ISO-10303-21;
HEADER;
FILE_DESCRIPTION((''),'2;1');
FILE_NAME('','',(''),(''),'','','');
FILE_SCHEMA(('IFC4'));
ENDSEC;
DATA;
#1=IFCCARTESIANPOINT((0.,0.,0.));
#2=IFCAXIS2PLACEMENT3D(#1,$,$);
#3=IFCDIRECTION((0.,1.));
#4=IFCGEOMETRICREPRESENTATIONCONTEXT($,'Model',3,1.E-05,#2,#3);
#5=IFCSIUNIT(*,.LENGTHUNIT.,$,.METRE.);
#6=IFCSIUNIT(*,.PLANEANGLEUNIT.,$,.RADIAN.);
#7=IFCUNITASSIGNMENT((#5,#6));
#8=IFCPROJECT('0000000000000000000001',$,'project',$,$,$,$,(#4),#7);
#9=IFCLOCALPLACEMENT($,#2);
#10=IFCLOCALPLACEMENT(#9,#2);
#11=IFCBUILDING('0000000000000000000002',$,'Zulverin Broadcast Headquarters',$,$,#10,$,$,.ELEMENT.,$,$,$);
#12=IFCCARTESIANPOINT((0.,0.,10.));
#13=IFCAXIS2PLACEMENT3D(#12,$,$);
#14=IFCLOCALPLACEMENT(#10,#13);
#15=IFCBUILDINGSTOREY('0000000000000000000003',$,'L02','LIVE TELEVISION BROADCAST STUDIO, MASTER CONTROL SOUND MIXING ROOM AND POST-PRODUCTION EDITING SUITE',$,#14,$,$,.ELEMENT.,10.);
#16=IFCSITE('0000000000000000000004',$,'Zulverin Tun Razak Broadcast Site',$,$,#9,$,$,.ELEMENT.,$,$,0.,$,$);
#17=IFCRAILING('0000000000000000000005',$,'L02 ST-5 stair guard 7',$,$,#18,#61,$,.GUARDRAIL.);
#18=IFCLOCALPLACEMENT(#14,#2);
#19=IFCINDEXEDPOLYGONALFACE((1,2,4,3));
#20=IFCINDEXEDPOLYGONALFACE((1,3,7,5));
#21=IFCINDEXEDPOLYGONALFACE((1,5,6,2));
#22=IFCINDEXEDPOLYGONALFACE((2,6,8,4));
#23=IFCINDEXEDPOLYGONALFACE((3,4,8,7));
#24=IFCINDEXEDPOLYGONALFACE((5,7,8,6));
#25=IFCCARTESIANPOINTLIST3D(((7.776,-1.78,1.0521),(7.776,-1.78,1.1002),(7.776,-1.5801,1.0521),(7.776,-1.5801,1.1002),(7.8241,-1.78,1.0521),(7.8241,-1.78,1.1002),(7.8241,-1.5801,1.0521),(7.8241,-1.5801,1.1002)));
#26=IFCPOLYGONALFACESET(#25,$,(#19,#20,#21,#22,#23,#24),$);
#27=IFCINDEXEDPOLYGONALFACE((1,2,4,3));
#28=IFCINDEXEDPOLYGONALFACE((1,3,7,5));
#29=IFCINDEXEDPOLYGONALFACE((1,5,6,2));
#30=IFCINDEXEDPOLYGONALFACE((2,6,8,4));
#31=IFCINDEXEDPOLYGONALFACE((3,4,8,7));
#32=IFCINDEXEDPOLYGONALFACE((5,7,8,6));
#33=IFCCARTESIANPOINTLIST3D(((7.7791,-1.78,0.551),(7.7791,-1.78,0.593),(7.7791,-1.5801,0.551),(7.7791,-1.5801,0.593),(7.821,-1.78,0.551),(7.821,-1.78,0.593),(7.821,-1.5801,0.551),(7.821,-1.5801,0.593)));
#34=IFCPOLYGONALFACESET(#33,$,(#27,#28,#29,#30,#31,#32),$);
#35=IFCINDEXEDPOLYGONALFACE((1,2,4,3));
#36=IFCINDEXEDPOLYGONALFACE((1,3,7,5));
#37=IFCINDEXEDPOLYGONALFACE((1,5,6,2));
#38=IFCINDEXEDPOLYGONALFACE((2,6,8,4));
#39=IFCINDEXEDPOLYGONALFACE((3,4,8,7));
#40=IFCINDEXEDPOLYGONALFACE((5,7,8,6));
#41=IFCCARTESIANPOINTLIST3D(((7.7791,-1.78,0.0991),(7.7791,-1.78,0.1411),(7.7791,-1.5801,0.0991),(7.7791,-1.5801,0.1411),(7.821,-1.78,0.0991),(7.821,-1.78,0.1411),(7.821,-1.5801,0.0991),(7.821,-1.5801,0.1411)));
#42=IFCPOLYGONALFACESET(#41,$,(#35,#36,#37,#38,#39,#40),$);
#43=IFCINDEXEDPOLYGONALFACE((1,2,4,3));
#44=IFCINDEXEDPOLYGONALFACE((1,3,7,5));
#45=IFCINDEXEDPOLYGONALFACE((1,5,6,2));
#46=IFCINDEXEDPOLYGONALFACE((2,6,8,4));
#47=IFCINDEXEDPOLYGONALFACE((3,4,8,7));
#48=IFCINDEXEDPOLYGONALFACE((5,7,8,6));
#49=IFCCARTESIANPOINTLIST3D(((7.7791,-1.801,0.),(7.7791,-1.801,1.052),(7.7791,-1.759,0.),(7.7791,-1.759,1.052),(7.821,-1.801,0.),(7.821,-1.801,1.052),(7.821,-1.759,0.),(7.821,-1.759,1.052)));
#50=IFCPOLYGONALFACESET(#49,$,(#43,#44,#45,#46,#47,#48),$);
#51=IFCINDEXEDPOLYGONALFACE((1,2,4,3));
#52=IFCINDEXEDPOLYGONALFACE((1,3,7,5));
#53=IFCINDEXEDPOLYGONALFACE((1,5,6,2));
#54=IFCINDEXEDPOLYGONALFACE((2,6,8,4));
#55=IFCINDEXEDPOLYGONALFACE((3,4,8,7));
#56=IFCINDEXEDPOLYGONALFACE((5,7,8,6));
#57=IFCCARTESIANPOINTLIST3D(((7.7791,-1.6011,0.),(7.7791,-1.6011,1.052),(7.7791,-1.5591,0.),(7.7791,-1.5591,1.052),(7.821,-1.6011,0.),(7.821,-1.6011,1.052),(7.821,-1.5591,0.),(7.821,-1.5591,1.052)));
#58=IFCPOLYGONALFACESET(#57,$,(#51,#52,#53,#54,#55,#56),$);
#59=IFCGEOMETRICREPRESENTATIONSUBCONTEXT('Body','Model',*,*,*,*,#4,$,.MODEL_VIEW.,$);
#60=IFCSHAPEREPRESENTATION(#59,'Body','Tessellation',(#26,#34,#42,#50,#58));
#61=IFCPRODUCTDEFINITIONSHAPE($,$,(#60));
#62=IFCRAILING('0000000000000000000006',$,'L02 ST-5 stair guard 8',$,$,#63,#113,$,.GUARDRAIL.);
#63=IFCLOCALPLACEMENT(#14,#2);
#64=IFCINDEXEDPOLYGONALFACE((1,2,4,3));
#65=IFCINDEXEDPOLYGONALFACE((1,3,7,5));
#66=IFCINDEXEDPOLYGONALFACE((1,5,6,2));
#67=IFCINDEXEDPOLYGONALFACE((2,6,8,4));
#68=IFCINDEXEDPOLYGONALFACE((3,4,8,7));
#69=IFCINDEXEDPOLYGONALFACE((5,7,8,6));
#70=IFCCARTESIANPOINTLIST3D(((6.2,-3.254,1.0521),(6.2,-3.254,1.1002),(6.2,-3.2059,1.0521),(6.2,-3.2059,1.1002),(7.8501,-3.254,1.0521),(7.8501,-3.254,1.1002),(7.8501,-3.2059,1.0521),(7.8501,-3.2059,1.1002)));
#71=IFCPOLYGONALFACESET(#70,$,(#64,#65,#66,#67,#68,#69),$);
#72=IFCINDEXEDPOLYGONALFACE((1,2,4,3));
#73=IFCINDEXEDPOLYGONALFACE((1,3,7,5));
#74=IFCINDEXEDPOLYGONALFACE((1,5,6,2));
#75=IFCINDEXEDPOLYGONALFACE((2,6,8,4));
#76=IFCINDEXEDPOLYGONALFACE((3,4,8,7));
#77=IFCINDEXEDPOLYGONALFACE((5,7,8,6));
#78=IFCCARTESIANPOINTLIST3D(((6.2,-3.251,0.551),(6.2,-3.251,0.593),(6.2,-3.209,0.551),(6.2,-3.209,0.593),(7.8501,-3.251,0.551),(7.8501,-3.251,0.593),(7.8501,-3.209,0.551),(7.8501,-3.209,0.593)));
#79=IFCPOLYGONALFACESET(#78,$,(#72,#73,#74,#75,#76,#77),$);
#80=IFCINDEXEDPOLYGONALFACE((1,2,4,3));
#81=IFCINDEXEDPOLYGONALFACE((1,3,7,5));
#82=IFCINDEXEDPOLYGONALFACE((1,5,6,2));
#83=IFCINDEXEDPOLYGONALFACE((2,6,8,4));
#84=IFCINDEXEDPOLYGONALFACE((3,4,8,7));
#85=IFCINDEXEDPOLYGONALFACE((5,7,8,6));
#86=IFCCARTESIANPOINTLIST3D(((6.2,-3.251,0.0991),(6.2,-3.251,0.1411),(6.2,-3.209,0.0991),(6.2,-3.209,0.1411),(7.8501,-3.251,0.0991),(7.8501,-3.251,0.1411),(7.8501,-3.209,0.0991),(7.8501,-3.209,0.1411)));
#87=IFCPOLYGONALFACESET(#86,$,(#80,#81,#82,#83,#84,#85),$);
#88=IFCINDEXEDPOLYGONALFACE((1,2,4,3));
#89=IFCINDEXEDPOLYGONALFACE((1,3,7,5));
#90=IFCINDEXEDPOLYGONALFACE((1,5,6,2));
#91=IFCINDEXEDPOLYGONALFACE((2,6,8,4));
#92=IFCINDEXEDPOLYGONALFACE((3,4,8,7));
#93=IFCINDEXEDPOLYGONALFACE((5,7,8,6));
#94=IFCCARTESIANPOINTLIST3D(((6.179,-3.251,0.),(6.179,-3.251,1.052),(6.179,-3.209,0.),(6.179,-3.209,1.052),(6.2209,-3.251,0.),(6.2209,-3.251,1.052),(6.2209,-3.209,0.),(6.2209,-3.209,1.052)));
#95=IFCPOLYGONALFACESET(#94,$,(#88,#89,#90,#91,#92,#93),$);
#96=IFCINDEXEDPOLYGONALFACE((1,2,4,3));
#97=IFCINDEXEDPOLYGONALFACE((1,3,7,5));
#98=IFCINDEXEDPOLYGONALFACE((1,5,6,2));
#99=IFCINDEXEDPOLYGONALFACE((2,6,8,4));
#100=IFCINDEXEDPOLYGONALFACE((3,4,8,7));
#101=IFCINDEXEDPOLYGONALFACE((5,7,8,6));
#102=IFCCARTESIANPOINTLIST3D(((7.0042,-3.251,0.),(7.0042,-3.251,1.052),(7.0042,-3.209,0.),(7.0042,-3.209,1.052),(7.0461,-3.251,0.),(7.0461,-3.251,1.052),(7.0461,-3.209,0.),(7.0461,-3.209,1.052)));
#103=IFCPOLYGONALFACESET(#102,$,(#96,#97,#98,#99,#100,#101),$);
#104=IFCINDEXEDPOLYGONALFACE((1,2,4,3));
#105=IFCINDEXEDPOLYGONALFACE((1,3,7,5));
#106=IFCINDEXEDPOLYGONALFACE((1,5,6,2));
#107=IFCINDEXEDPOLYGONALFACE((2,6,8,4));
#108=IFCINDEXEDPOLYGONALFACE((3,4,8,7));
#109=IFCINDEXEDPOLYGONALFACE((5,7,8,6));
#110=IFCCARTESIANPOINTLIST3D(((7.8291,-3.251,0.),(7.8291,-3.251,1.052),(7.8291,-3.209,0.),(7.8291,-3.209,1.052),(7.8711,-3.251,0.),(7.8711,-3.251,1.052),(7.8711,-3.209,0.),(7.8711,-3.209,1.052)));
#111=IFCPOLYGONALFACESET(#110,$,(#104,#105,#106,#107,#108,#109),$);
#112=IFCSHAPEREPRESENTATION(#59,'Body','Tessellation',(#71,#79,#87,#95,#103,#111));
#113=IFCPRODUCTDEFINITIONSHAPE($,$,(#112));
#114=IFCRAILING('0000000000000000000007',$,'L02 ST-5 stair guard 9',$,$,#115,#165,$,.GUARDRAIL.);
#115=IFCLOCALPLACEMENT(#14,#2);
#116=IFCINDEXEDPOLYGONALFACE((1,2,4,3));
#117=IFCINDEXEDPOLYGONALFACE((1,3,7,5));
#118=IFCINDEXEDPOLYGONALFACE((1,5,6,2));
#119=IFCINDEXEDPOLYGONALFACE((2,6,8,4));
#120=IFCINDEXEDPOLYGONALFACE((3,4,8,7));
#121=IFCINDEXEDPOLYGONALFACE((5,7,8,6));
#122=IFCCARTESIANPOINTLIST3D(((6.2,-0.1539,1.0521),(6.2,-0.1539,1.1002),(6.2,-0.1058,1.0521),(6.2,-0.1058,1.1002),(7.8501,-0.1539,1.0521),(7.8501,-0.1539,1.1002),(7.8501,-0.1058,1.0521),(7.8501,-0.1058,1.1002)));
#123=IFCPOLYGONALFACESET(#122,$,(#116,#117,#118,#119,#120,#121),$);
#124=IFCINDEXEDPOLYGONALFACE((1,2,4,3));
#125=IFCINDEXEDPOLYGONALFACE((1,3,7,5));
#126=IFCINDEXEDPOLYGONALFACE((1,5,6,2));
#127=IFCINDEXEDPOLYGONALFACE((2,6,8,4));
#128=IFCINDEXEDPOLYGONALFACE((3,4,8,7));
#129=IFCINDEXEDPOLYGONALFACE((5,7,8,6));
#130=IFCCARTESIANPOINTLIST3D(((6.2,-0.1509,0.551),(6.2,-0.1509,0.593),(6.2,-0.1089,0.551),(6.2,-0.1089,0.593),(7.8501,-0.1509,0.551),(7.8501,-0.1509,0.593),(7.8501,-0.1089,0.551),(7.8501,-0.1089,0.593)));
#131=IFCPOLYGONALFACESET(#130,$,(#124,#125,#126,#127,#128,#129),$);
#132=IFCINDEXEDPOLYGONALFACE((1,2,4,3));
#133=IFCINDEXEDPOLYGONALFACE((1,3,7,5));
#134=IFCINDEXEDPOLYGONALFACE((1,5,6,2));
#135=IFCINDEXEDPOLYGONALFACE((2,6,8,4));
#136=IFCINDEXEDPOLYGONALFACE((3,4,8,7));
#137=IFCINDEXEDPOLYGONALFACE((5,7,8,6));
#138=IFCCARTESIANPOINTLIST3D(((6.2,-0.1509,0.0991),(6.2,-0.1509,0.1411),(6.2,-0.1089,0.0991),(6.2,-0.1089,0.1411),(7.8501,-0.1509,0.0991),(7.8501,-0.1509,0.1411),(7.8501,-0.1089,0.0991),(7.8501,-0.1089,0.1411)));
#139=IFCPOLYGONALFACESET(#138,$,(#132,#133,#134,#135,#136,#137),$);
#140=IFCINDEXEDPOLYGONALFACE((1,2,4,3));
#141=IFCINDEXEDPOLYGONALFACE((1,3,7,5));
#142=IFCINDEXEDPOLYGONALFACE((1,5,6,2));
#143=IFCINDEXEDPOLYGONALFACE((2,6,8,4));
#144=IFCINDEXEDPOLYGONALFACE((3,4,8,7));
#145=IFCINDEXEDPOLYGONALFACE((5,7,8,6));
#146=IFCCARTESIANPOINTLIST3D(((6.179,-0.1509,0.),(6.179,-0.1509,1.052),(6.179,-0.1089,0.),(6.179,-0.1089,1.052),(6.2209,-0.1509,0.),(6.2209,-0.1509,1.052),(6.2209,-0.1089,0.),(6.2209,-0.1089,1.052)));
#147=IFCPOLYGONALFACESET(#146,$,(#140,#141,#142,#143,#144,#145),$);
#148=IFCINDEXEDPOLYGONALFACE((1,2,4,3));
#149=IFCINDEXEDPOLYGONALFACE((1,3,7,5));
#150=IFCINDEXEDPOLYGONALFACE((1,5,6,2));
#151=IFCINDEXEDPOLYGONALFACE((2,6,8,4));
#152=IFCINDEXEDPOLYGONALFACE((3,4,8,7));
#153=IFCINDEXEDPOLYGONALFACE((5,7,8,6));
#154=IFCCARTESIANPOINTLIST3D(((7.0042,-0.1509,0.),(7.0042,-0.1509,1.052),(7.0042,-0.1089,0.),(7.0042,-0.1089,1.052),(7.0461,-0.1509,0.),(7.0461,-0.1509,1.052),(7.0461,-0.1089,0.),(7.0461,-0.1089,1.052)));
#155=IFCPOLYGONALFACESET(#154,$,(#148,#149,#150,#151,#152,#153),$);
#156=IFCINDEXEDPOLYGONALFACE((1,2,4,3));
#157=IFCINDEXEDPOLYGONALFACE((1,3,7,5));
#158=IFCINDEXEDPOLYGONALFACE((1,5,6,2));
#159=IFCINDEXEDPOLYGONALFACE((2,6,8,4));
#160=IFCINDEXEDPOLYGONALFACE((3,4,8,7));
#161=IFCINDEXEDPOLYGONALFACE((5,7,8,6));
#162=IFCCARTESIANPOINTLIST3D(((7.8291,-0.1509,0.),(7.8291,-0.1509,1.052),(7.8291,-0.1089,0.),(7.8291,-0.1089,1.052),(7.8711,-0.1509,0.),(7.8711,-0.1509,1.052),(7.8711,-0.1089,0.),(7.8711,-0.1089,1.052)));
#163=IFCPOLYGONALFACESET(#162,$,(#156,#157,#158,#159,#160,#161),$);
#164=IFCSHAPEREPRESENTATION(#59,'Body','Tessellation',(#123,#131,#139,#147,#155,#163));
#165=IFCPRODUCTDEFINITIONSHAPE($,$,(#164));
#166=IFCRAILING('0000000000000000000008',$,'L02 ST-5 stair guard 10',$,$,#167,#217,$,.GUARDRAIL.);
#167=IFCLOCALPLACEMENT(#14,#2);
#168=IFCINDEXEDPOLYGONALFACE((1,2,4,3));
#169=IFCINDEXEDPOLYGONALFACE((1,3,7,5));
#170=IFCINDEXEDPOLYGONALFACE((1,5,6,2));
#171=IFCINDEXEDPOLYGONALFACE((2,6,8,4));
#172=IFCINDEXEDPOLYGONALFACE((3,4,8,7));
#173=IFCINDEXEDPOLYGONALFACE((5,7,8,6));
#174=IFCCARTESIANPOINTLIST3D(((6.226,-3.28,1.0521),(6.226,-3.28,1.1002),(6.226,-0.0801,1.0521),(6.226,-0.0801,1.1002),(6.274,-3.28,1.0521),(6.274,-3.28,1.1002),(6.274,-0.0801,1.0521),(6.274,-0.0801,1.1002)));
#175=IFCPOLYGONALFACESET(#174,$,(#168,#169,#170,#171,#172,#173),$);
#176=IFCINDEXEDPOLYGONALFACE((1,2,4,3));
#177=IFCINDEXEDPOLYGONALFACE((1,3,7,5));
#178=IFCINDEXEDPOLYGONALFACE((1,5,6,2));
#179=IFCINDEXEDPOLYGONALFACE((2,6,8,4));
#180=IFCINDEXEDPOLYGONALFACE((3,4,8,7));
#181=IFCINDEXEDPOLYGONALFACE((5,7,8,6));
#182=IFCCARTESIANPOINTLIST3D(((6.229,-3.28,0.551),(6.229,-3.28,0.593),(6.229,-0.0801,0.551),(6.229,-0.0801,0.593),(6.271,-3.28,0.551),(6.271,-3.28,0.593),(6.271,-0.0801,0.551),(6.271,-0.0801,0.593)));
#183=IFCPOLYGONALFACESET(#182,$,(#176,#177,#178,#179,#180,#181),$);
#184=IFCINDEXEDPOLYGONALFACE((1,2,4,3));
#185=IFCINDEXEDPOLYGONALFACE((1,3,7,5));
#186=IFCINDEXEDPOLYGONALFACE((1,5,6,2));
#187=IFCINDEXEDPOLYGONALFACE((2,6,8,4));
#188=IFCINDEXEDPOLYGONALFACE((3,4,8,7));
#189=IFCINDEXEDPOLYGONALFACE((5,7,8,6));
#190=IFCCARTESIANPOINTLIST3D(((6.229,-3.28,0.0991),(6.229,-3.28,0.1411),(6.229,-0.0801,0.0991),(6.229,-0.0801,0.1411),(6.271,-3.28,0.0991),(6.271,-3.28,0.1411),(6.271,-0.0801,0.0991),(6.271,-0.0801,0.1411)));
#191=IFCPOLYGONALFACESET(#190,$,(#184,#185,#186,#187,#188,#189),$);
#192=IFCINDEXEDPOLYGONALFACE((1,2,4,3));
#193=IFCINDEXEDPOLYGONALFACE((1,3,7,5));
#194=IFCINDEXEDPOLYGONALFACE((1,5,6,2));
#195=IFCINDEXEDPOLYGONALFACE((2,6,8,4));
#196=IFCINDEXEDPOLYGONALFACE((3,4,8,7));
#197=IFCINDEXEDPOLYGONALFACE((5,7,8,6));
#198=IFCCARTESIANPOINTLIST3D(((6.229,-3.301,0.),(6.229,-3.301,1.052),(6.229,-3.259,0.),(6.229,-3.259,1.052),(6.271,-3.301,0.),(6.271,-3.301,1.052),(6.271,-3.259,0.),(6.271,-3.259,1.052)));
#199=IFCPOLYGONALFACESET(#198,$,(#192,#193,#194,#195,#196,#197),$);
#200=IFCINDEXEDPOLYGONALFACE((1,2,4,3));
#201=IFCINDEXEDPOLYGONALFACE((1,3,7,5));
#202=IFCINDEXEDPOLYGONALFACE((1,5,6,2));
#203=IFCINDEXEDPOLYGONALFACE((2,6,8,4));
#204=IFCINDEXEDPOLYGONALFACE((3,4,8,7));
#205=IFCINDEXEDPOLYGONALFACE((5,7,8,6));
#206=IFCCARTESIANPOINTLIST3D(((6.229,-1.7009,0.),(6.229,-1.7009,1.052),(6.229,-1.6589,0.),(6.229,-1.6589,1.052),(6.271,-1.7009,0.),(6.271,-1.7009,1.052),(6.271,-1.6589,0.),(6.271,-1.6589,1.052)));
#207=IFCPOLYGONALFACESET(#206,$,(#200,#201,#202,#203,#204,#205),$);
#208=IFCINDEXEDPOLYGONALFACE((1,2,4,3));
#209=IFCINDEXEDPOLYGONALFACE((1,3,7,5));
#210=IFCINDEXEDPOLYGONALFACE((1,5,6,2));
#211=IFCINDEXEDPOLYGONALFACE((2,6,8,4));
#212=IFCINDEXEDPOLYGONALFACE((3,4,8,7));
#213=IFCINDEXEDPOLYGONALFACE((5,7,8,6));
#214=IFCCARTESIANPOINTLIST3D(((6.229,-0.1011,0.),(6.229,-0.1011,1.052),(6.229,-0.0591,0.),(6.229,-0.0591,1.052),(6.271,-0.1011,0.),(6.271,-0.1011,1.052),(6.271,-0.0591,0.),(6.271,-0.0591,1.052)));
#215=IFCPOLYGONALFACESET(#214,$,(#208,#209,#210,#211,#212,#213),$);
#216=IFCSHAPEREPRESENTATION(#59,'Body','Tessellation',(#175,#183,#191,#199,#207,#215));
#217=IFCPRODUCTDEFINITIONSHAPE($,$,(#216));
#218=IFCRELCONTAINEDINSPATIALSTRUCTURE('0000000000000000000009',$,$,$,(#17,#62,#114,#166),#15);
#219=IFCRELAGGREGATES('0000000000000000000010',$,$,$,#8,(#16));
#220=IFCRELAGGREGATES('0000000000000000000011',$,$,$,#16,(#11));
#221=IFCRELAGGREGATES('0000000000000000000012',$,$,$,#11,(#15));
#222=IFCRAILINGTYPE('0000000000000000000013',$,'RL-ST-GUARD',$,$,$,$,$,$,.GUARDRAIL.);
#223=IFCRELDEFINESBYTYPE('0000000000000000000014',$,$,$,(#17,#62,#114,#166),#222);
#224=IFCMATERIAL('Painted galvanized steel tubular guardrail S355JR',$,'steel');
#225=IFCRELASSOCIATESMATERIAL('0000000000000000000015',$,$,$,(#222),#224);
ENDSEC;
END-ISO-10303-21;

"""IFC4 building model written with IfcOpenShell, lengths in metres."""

from ifc_helpers import new_model, si_unit, direction, frame, origin, origin_2d, place, context, subcontext, project, spatial, rectangle, extrude, material, type_object, element, save


model = new_model("IFC4")

# Units and contexts
model_context = context("Model", 3, precision=1e-05, world=origin(), true_north=direction((0.0, 1.0)))
body_context = subcontext(model_context, "Body", "Model", "MODEL_VIEW")
ifc_project = project(units=[si_unit("LENGTHUNIT", "METRE"), si_unit("PLANEANGLEUNIT", "RADIAN")], contexts=[model_context])

# Site, building, storey
site_placement = place(None, origin())
site = spatial("IfcSite", under=ifc_project, at=site_placement, Name="Zulverin Tun Razak Broadcast Site", CompositionType="ELEMENT", RefElevation=0.0)
building_placement = place(site_placement, origin())
building = spatial("IfcBuilding", under=site, at=building_placement, Name="Zulverin Broadcast Headquarters", CompositionType="ELEMENT")
storey_placement = place(building_placement, frame((0.0, 0.0, 10.0)))
storey = spatial("IfcBuildingStorey", under=building, at=storey_placement, Name="L02", Description="LIVE TELEVISION BROADCAST STUDIO, MASTER CONTROL SOUND MIXING ROOM AND POST-PRODUCTION EDITING SUITE", CompositionType="ELEMENT", Elevation=10.0)

# Railings
ifc_material_1 = material(Name="Painted galvanized steel tubular guardrail S355JR", Category="steel")
railing_type_1 = type_object("IfcRailingType", Name="RL-ST-GUARD", PredefinedType="GUARDRAIL", material=ifc_material_1)
railing_1_placement = place(storey_placement, frame((7.8, -1.78, 0.0)))
element("IfcRailing", 1, at=railing_1_placement, inside=storey, type_object=railing_type_1, Name="L02 ST-5 stair guard 7", PredefinedType="GUARDRAIL", context=body_context, shape_type="SweptSolid", body=[
    extrude(rectangle(XDim=0.0481, YDim=0.0481, at=origin_2d()), frame((0.0, 0.0, 1.0762), z_axis=(0.0, 1.0, 0.0), x_axis=(-1.0, 0.0, 0.0)), (0.0, 0.0, 1.0), 0.2),
    extrude(rectangle(XDim=0.042, YDim=0.042, at=origin_2d()), frame((0.0, 0.0, 0.572), z_axis=(0.0, 1.0, 0.0), x_axis=(-1.0, 0.0, 0.0)), (0.0, 0.0, 1.0), 0.2),
    extrude(rectangle(XDim=0.042, YDim=0.042, at=origin_2d()), frame((0.0, 0.0, 0.1201), z_axis=(0.0, 1.0, 0.0), x_axis=(-1.0, 0.0, 0.0)), (0.0, 0.0, 1.0), 0.2),
    extrude(rectangle(XDim=0.042, YDim=0.042, at=origin_2d()), origin(), (0.0, 0.0, 1.0), 1.052),
    extrude(rectangle(XDim=0.042, YDim=0.042, at=origin_2d()), frame((0.0, 0.2, 0.0)), (0.0, 0.0, 1.0), 1.052),
])
for number, where, name in (
    (2, (6.2, -3.23, 0.0), "L02 ST-5 stair guard 8"),
    (3, (6.2, -0.1299, 0.0), "L02 ST-5 stair guard 9"),
):
    element("IfcRailing", number, at=place(storey_placement, frame(where)), inside=storey, type_object=railing_type_1, Name=name, PredefinedType="GUARDRAIL", context=body_context, shape_type="SweptSolid", body=[
        extrude(rectangle(XDim=0.0481, YDim=0.0481, at=origin_2d()), frame((0.0, 0.0, 1.0762), z_axis=(1.0, 0.0, 0.0), x_axis=(0.0, 1.0, 0.0)), (0.0, 0.0, 1.0), 1.6501),
        extrude(rectangle(XDim=0.042, YDim=0.042, at=origin_2d()), frame((0.0, 0.0, 0.572), z_axis=(1.0, 0.0, 0.0), x_axis=(0.0, 1.0, 0.0)), (0.0, 0.0, 1.0), 1.6501),
        extrude(rectangle(XDim=0.042, YDim=0.042, at=origin_2d()), frame((0.0, 0.0, 0.1201), z_axis=(1.0, 0.0, 0.0), x_axis=(0.0, 1.0, 0.0)), (0.0, 0.0, 1.0), 1.6501),
        extrude(rectangle(XDim=0.042, YDim=0.042, at=origin_2d()), origin(), (0.0, 0.0, 1.0), 1.052),
        extrude(rectangle(XDim=0.042, YDim=0.042, at=origin_2d()), frame((0.8252, 0.0, 0.0)), (0.0, 0.0, 1.0), 1.052),
        extrude(rectangle(XDim=0.042, YDim=0.042, at=origin_2d()), frame((1.6501, 0.0, 0.0)), (0.0, 0.0, 1.0), 1.052),
    ])
railing_2_placement = place(storey_placement, frame((6.25, -3.28, 0.0)))
element("IfcRailing", 4, at=railing_2_placement, inside=storey, type_object=railing_type_1, Name="L02 ST-5 stair guard 10", PredefinedType="GUARDRAIL", context=body_context, shape_type="SweptSolid", body=[
    extrude(rectangle(XDim=0.0481, YDim=0.0481, at=origin_2d()), frame((0.0, 0.0, 1.0762), z_axis=(0.0, 1.0, 0.0), x_axis=(-1.0, 0.0, 0.0)), (0.0, 0.0, 1.0), 3.2),
    extrude(rectangle(XDim=0.042, YDim=0.042, at=origin_2d()), frame((0.0, 0.0, 0.572), z_axis=(0.0, 1.0, 0.0), x_axis=(-1.0, 0.0, 0.0)), (0.0, 0.0, 1.0), 3.2),
    extrude(rectangle(XDim=0.042, YDim=0.042, at=origin_2d()), frame((0.0, 0.0, 0.1201), z_axis=(0.0, 1.0, 0.0), x_axis=(-1.0, 0.0, 0.0)), (0.0, 0.0, 1.0), 3.2),
    extrude(rectangle(XDim=0.042, YDim=0.042, at=origin_2d()), origin(), (0.0, 0.0, 1.0), 1.052),
    extrude(rectangle(XDim=0.042, YDim=0.042, at=origin_2d()), frame((0.0, 1.6001, 0.0)), (0.0, 0.0, 1.0), 1.052),
    extrude(rectangle(XDim=0.042, YDim=0.042, at=origin_2d()), frame((0.0, 3.2, 0.0)), (0.0, 0.0, 1.0), 1.052),
])

save(model, "model.ifc")
